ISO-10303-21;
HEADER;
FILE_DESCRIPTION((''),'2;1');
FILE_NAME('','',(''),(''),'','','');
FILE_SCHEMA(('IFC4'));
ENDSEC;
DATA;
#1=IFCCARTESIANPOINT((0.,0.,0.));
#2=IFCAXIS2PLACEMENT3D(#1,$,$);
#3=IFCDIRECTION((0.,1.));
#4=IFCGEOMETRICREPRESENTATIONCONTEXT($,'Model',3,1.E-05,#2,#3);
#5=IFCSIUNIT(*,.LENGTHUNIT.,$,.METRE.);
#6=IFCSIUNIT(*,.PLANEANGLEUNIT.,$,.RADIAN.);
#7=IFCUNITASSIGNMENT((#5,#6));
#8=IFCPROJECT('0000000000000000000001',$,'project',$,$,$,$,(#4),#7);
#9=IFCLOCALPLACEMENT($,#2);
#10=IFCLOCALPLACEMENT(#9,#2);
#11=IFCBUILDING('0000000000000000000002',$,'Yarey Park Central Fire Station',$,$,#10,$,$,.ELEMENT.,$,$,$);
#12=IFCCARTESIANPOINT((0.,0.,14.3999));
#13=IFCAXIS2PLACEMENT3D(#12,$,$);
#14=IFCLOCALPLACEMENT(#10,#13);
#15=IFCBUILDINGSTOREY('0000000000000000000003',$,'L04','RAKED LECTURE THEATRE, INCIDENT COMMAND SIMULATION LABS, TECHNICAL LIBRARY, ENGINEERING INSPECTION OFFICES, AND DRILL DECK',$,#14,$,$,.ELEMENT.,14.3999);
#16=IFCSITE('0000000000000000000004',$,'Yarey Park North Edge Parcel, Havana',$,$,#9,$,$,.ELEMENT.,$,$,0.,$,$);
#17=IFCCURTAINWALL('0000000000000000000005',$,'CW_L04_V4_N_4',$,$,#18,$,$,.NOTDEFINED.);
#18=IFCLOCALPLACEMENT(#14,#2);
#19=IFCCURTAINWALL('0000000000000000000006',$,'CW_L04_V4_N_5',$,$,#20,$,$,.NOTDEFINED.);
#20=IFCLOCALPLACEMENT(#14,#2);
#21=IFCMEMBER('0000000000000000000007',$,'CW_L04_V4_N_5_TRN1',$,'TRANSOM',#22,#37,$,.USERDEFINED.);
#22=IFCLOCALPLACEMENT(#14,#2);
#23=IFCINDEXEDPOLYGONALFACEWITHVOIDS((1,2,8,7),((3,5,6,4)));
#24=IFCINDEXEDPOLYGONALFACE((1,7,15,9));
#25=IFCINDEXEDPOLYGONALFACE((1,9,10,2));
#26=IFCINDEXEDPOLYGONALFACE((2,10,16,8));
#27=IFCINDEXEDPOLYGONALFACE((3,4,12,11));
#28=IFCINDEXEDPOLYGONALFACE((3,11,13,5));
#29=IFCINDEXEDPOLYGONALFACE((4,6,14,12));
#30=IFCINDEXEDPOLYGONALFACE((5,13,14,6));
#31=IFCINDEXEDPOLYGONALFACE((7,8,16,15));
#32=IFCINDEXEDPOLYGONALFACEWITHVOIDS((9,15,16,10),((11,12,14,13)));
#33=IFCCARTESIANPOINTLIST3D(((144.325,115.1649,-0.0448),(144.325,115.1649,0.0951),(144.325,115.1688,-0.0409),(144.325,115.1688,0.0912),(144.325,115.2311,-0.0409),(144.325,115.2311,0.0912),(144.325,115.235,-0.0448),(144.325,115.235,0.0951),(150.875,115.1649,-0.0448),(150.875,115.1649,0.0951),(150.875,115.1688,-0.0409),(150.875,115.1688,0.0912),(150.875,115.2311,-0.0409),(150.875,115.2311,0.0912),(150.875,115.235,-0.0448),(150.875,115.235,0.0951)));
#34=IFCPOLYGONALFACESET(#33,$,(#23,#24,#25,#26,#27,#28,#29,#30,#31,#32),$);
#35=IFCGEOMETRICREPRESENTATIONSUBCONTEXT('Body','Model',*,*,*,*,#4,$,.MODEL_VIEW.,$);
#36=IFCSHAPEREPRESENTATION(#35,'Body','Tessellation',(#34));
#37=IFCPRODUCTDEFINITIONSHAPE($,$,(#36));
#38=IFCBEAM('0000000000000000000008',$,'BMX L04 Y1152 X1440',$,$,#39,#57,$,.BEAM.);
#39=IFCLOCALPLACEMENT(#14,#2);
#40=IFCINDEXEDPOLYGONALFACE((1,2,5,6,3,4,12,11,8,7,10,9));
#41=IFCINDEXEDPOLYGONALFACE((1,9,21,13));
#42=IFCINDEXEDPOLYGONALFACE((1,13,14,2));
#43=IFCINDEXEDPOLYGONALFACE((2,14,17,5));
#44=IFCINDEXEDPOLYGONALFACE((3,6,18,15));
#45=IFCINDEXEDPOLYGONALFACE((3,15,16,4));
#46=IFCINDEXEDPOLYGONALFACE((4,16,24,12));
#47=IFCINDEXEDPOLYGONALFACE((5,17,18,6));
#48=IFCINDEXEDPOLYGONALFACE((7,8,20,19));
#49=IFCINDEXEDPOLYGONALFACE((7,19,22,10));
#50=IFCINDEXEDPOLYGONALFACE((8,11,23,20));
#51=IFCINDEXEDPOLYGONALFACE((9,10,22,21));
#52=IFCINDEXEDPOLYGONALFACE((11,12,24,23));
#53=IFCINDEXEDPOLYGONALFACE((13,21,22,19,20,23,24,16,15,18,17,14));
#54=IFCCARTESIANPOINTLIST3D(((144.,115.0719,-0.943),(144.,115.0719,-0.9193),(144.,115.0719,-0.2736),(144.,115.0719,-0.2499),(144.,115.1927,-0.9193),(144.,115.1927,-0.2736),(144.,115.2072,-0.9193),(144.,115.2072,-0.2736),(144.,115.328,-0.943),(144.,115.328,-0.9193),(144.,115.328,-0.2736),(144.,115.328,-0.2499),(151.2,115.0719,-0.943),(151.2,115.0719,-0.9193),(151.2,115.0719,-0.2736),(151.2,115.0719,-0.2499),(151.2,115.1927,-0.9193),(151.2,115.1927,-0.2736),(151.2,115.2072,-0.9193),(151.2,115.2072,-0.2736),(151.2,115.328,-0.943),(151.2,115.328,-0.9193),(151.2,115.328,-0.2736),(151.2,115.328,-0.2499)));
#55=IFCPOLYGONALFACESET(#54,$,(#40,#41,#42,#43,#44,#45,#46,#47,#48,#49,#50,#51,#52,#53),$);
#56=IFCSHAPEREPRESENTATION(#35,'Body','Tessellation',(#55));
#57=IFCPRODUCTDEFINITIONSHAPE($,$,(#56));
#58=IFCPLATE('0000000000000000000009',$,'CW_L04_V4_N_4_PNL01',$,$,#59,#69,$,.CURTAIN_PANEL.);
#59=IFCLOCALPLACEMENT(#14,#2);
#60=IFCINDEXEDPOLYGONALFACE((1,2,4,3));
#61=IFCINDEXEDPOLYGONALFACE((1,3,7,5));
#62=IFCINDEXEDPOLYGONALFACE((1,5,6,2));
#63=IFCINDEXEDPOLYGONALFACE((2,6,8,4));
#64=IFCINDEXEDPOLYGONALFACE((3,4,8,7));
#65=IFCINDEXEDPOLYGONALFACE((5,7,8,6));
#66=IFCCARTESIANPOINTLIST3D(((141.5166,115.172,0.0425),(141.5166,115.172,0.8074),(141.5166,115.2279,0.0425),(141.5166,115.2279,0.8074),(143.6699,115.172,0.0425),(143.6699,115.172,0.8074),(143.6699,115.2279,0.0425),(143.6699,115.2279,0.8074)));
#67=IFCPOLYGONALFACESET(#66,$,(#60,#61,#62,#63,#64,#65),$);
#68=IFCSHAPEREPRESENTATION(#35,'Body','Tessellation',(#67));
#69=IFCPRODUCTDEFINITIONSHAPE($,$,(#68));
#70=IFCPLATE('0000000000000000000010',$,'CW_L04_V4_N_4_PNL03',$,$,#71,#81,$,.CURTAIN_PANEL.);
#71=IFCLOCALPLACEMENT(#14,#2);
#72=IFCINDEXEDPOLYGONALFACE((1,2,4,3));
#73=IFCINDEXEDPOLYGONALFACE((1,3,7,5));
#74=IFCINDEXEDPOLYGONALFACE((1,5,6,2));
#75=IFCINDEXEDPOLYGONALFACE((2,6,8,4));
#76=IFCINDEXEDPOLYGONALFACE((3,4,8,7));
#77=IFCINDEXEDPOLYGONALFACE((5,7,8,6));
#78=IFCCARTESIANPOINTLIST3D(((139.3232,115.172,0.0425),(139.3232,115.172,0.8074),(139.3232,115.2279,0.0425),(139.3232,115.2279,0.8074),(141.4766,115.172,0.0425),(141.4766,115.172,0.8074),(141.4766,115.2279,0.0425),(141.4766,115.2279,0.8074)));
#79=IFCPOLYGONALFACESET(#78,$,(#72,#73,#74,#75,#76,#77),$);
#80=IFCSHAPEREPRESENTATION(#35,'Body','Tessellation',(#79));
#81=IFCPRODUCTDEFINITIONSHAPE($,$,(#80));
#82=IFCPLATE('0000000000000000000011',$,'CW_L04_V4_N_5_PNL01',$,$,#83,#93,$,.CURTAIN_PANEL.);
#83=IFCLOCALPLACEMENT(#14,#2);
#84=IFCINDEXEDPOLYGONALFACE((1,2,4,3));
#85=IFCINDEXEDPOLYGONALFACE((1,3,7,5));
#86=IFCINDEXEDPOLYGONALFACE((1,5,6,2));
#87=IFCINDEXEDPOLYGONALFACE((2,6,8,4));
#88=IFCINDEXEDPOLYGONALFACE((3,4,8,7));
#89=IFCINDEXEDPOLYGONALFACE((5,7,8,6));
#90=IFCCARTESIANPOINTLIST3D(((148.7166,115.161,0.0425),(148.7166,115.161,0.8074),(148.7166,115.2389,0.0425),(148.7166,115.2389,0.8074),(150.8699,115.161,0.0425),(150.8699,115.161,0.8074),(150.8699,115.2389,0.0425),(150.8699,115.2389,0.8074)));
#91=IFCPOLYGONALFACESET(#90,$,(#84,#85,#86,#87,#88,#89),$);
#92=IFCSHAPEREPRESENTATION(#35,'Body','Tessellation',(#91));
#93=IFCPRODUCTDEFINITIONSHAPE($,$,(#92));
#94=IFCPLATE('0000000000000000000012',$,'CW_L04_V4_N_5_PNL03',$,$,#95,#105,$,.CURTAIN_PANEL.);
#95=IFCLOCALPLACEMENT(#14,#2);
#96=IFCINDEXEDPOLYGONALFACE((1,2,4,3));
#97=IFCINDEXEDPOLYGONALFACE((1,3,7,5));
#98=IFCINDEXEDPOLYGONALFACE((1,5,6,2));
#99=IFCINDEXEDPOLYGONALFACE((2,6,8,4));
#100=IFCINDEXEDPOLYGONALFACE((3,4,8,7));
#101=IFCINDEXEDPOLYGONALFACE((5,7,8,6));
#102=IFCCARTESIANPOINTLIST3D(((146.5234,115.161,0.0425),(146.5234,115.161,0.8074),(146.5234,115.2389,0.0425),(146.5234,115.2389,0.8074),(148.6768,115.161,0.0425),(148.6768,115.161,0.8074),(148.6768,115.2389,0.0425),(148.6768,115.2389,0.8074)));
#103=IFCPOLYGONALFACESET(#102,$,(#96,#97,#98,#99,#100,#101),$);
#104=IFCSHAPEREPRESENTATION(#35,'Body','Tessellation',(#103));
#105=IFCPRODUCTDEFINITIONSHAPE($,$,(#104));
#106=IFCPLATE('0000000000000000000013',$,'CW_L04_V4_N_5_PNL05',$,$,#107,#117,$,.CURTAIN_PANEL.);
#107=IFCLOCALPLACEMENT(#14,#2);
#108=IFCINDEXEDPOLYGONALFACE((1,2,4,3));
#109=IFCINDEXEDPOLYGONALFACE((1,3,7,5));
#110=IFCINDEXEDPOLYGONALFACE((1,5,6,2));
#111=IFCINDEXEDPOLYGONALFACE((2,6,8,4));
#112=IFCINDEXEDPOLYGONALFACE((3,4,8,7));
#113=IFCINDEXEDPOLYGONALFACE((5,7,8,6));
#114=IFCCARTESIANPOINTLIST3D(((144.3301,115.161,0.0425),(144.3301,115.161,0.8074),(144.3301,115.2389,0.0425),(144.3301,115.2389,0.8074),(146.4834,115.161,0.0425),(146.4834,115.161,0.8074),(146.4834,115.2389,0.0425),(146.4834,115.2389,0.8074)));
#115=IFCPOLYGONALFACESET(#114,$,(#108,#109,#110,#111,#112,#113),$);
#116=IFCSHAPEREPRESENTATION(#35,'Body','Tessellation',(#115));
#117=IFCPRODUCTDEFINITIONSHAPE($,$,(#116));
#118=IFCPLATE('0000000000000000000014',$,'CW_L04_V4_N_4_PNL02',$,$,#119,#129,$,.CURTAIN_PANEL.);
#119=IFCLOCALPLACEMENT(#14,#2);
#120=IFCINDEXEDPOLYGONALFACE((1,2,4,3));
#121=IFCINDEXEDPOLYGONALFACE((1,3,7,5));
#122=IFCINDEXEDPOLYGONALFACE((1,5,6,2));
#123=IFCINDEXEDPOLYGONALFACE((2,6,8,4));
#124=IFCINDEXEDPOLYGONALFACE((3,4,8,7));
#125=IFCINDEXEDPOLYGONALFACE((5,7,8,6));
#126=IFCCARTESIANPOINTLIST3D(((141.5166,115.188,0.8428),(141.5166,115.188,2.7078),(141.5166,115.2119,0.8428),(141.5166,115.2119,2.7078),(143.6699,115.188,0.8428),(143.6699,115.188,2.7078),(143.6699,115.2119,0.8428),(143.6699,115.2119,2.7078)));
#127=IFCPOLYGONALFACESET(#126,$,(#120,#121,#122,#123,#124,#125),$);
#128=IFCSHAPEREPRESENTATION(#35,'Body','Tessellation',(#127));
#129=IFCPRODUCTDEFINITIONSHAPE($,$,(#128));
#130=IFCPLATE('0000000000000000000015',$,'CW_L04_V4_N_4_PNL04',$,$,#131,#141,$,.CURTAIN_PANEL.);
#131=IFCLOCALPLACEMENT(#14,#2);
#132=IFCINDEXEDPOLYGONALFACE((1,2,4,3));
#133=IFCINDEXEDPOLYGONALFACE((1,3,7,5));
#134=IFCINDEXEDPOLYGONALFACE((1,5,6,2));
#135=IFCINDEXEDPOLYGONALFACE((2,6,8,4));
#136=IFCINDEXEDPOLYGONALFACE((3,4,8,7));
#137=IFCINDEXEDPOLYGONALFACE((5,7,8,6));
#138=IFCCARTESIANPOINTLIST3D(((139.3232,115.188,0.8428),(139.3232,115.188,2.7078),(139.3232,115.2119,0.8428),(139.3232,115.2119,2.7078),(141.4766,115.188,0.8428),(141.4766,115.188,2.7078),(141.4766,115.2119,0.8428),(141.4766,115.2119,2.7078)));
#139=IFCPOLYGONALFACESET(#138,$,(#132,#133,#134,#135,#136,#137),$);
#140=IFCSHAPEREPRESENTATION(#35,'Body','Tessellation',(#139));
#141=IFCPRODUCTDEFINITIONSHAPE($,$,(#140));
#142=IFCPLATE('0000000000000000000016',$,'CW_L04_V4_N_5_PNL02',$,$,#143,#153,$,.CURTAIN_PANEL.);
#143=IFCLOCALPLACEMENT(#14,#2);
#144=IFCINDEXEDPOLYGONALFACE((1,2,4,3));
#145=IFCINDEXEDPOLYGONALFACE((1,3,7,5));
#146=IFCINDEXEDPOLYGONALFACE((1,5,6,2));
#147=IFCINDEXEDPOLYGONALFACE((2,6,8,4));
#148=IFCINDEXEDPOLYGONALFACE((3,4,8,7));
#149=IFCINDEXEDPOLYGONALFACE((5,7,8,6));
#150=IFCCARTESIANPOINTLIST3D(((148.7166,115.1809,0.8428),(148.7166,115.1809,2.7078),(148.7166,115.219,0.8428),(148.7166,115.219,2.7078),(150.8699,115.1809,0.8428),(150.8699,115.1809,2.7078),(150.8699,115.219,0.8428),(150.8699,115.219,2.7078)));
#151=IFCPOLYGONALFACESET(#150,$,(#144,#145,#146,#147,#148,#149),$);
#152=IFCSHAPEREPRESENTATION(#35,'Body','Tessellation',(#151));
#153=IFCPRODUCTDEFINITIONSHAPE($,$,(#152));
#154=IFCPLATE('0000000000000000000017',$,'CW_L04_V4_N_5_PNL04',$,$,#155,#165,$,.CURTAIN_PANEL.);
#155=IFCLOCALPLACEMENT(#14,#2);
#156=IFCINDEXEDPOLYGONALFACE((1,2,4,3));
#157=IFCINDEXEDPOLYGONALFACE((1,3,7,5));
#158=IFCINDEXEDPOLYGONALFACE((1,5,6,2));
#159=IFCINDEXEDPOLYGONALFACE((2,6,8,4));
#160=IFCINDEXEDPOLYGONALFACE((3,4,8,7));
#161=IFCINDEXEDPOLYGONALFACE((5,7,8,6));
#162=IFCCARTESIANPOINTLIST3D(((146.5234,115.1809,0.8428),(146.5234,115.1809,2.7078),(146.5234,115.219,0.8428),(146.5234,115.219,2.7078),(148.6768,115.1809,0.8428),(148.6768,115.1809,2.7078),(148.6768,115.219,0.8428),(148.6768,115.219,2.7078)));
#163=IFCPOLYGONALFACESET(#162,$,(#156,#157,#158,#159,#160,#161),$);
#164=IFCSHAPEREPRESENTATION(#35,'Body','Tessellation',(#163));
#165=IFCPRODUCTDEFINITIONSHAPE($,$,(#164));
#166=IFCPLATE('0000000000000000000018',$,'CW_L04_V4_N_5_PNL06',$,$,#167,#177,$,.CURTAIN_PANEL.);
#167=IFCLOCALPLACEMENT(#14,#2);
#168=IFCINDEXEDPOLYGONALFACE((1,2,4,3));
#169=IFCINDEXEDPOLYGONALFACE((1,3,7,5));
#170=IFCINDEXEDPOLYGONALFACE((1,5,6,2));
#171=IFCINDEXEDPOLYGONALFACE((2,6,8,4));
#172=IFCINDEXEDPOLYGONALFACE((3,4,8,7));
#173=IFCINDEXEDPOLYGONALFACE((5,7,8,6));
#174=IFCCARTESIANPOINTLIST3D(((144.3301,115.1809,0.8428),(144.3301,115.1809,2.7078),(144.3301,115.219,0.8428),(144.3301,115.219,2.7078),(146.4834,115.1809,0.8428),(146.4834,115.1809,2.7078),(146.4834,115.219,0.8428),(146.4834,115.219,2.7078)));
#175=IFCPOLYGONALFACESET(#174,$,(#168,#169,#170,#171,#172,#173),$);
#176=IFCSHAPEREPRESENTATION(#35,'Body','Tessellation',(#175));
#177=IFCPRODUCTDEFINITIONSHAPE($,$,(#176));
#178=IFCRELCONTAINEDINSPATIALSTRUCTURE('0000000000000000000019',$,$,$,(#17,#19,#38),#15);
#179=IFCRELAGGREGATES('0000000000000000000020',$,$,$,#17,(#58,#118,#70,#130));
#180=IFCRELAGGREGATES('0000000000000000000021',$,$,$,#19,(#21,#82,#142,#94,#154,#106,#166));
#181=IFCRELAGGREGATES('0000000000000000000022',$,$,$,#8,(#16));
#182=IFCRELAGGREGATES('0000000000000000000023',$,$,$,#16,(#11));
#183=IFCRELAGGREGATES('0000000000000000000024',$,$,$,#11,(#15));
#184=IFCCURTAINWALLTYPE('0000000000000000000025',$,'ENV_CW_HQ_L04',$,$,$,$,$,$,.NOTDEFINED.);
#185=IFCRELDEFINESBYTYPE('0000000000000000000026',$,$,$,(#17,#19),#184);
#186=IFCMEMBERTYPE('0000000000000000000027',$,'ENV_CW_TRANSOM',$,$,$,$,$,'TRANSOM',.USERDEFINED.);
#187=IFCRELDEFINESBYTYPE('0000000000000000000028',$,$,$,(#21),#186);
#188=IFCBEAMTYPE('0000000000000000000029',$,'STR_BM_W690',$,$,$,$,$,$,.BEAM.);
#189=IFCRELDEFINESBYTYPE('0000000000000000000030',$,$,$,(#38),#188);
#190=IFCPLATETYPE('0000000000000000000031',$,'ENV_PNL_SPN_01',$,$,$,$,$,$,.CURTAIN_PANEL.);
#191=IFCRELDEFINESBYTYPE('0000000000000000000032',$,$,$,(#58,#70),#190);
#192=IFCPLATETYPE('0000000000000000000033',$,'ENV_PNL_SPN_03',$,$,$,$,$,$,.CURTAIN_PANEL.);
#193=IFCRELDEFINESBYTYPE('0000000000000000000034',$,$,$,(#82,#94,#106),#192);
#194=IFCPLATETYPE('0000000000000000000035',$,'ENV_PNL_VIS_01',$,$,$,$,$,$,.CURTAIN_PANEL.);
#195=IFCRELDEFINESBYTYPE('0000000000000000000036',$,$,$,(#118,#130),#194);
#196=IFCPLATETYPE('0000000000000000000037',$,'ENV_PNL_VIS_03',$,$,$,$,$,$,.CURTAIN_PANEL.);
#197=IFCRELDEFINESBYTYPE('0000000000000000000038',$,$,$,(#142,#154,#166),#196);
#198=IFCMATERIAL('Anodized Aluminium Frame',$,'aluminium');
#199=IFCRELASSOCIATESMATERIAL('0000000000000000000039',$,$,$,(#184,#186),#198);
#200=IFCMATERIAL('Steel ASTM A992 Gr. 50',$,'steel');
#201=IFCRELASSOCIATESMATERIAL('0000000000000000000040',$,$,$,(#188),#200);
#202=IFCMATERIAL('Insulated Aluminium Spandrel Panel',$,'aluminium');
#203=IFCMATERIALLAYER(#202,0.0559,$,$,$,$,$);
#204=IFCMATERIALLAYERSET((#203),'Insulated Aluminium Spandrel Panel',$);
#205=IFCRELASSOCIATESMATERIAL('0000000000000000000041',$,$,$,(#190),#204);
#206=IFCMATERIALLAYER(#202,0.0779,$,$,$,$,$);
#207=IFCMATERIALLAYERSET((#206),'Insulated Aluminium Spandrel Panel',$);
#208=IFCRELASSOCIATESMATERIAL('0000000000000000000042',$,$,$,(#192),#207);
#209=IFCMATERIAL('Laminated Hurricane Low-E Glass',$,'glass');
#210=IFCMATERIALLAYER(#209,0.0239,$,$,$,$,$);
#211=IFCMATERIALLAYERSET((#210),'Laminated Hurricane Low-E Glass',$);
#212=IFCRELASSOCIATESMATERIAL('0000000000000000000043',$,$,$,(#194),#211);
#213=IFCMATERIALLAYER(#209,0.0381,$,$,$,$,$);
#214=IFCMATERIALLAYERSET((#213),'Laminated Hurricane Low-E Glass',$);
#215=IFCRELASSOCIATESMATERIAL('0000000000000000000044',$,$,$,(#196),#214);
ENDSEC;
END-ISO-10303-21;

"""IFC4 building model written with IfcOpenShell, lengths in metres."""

from ifc_helpers import new_model, si_unit, direction, frame, origin, origin_2d, place, context, subcontext, project, spatial, rectangle, hollow_rectangle, i_section, extrude, material, layer, layer_set, material_profile, profile_set, type_object, element, aggregate, save


model = new_model("IFC4")

# Units and contexts
model_context = context("Model", 3, precision=1e-05, world=origin(), true_north=direction((0.0, 1.0)))
body_context = subcontext(model_context, "Body", "Model", "MODEL_VIEW")
ifc_project = project(units=[si_unit("LENGTHUNIT", "METRE"), si_unit("PLANEANGLEUNIT", "RADIAN")], contexts=[model_context])

# Site, building, storey
site_placement = place(None, origin())
site = spatial("IfcSite", under=ifc_project, at=site_placement, Name="Yarey Park North Edge Parcel, Havana", CompositionType="ELEMENT", RefElevation=0.0)
building_placement = place(site_placement, origin())
building = spatial("IfcBuilding", under=site, at=building_placement, Name="Yarey Park Central Fire Station", CompositionType="ELEMENT")
storey_placement = place(building_placement, frame((0.0, 0.0, 14.3999)))
storey = spatial("IfcBuildingStorey", under=building, at=storey_placement, Name="L04", Description="RAKED LECTURE THEATRE, INCIDENT COMMAND SIMULATION LABS, TECHNICAL LIBRARY, ENGINEERING INSPECTION OFFICES, AND DRILL DECK", CompositionType="ELEMENT", Elevation=14.3999)

# Curtain walls
ifc_material_1 = material(Name="Anodized Aluminium Frame", Category="aluminium")
curtain_wall_type = type_object("IfcCurtainWallType", Name="ENV_CW_HQ_L04", PredefinedType="NOTDEFINED", material=ifc_material_1)
curtain_wall_1_placement = place(storey_placement, origin())
curtain_wall_1 = element("IfcCurtainWall", 1, at=curtain_wall_1_placement, inside=storey, type_object=curtain_wall_type, Name="CW_L04_V4_N_4", PredefinedType="NOTDEFINED")
curtain_wall_2_placement = place(storey_placement, origin())
curtain_wall_2 = element("IfcCurtainWall", 2, at=curtain_wall_2_placement, inside=storey, type_object=curtain_wall_type, Name="CW_L04_V4_N_5", PredefinedType="NOTDEFINED")

# Member
ifc_material_profile_1 = material_profile(ifc_material_1, hollow_rectangle(XDim=0.0701, YDim=0.1399, WallThickness=0.0039, at=origin_2d()), Name="ALU 140x70x4")
ifc_profile_set_1 = profile_set([ifc_material_profile_1], Name="Anodized Aluminium Frame")
member_type_1 = type_object("IfcMemberType", Name="ENV_CW_TRANSOM", ElementType="TRANSOM", PredefinedType="USERDEFINED", material=ifc_profile_set_1)
member_1_placement = place(storey_placement, frame((150.875, 115.2, 0.0251), z_axis=(-1.0, 0.0, 0.0), x_axis=(0.0, -1.0, 0.0)))
member_1 = element("IfcMember", 3, at=member_1_placement, type_object=member_type_1, Name="CW_L04_V4_N_5_TRN1", ObjectType="TRANSOM", PredefinedType="USERDEFINED", context=body_context, shape_type="SweptSolid", body=[
    extrude(hollow_rectangle(XDim=0.0701, YDim=0.1399, WallThickness=0.0039, at=origin_2d()), origin(), (0.0, 0.0, 1.0), 6.55),
])

# Beam
ifc_material_2 = material(Name="Steel ASTM A992 Gr. 50", Category="steel")
ifc_material_profile_2 = material_profile(ifc_material_2, i_section(OverallWidth=0.2561, OverallDepth=0.6931, WebThickness=0.0144, FlangeThickness=0.0237, at=origin_2d()), Name="W690x170")
ifc_profile_set_2 = profile_set([ifc_material_profile_2], Name="Steel ASTM A992 Gr. 50")
beam_type = type_object("IfcBeamType", Name="STR_BM_W690", PredefinedType="BEAM", material=ifc_profile_set_2)
beam_placement = place(storey_placement, frame((144.0, 115.2, -0.5964), z_axis=(1.0, 0.0, 0.0), x_axis=(0.0, 1.0, 0.0)))
element("IfcBeam", 4, at=beam_placement, inside=storey, type_object=beam_type, Name="BMX L04 Y1152 X1440", PredefinedType="BEAM", context=body_context, shape_type="SweptSolid", body=[
    extrude(i_section(OverallWidth=0.2561, OverallDepth=0.6931, WebThickness=0.0144, FlangeThickness=0.0237, at=origin_2d()), origin(), (0.0, 0.0, 1.0), 7.2),
])

# Plates
ifc_material_3 = material(Name="Insulated Aluminium Spandrel Panel", Category="aluminium")
ifc_layer_1 = layer(ifc_material_3, 0.0559)
ifc_layer_set_1 = layer_set([ifc_layer_1], Name="Insulated Aluminium Spandrel Panel")
plate_type_1 = type_object("IfcPlateType", Name="ENV_PNL_SPN_01", PredefinedType="CURTAIN_PANEL", material=ifc_layer_set_1)
plate_1_placement = place(storey_placement, frame((142.5933, 115.2, 0.0425), z_axis=(0.0, 0.0, 1.0), x_axis=(-1.0, 0.0, 0.0)))
plate_1 = element("IfcPlate", 5, at=plate_1_placement, type_object=plate_type_1, Name="CW_L04_V4_N_4_PNL01", PredefinedType="CURTAIN_PANEL", context=body_context, shape_type="SweptSolid", body=[
    extrude(rectangle(XDim=2.1533, YDim=0.0559, at=origin_2d()), origin(), (0.0, 0.0, 1.0), 0.7649),
])
plate_2_placement = place(storey_placement, frame((140.3999, 115.2, 0.0425), z_axis=(0.0, 0.0, 1.0), x_axis=(-1.0, 0.0, 0.0)))
plate_2 = element("IfcPlate", 6, at=plate_2_placement, type_object=plate_type_1, Name="CW_L04_V4_N_4_PNL03", PredefinedType="CURTAIN_PANEL", context=body_context, shape_type="SweptSolid", body=[
    extrude(rectangle(XDim=2.1533, YDim=0.0559, at=origin_2d()), origin(), (0.0, 0.0, 1.0), 0.7649),
])
ifc_layer_2 = layer(ifc_material_3, 0.0779)
ifc_layer_set_2 = layer_set([ifc_layer_2], Name="Insulated Aluminium Spandrel Panel")
plate_type_2 = type_object("IfcPlateType", Name="ENV_PNL_SPN_03", PredefinedType="CURTAIN_PANEL", material=ifc_layer_set_2)
plate_3_placement = place(storey_placement, frame((149.7932, 115.2, 0.0425), z_axis=(0.0, 0.0, 1.0), x_axis=(-1.0, 0.0, 0.0)))
plate_3 = element("IfcPlate", 7, at=plate_3_placement, type_object=plate_type_2, Name="CW_L04_V4_N_5_PNL01", PredefinedType="CURTAIN_PANEL", context=body_context, shape_type="SweptSolid", body=[
    extrude(rectangle(XDim=2.1533, YDim=0.0779, at=origin_2d()), origin(), (0.0, 0.0, 1.0), 0.7649),
])
plate_4_placement = place(storey_placement, frame((147.6001, 115.2, 0.0425), z_axis=(0.0, 0.0, 1.0), x_axis=(-1.0, 0.0, 0.0)))
plate_4 = element("IfcPlate", 8, at=plate_4_placement, type_object=plate_type_2, Name="CW_L04_V4_N_5_PNL03", PredefinedType="CURTAIN_PANEL", context=body_context, shape_type="SweptSolid", body=[
    extrude(rectangle(XDim=2.1533, YDim=0.0779, at=origin_2d()), origin(), (0.0, 0.0, 1.0), 0.7649),
])
plate_5_placement = place(storey_placement, frame((145.4067, 115.2, 0.0425), z_axis=(0.0, 0.0, 1.0), x_axis=(-1.0, 0.0, 0.0)))
plate_5 = element("IfcPlate", 9, at=plate_5_placement, type_object=plate_type_2, Name="CW_L04_V4_N_5_PNL05", PredefinedType="CURTAIN_PANEL", context=body_context, shape_type="SweptSolid", body=[
    extrude(rectangle(XDim=2.1533, YDim=0.0779, at=origin_2d()), origin(), (0.0, 0.0, 1.0), 0.7649),
])
ifc_material_4 = material(Name="Laminated Hurricane Low-E Glass", Category="glass")
ifc_layer_3 = layer(ifc_material_4, 0.0239)
ifc_layer_set_3 = layer_set([ifc_layer_3], Name="Laminated Hurricane Low-E Glass")
plate_type_3 = type_object("IfcPlateType", Name="ENV_PNL_VIS_01", PredefinedType="CURTAIN_PANEL", material=ifc_layer_set_3)
plate_6_placement = place(storey_placement, frame((142.5933, 115.2, 0.8428), z_axis=(0.0, 0.0, 1.0), x_axis=(-1.0, 0.0, 0.0)))
plate_6 = element("IfcPlate", 10, at=plate_6_placement, type_object=plate_type_3, Name="CW_L04_V4_N_4_PNL02", PredefinedType="CURTAIN_PANEL", context=body_context, shape_type="SweptSolid", body=[
    extrude(rectangle(XDim=2.1533, YDim=0.0239, at=origin_2d()), origin(), (0.0, 0.0, 1.0), 1.865),
])
plate_7_placement = place(storey_placement, frame((140.3999, 115.2, 0.8428), z_axis=(0.0, 0.0, 1.0), x_axis=(-1.0, 0.0, 0.0)))
plate_7 = element("IfcPlate", 11, at=plate_7_placement, type_object=plate_type_3, Name="CW_L04_V4_N_4_PNL04", PredefinedType="CURTAIN_PANEL", context=body_context, shape_type="SweptSolid", body=[
    extrude(rectangle(XDim=2.1533, YDim=0.0239, at=origin_2d()), origin(), (0.0, 0.0, 1.0), 1.865),
])
aggregate(curtain_wall_1, [plate_1, plate_6, plate_2, plate_7])
ifc_layer_4 = layer(ifc_material_4, 0.0381)
ifc_layer_set_4 = layer_set([ifc_layer_4], Name="Laminated Hurricane Low-E Glass")
plate_type_4 = type_object("IfcPlateType", Name="ENV_PNL_VIS_03", PredefinedType="CURTAIN_PANEL", material=ifc_layer_set_4)
plate_8_placement = place(storey_placement, frame((149.7932, 115.2, 0.8428), z_axis=(0.0, 0.0, 1.0), x_axis=(-1.0, 0.0, 0.0)))
plate_8 = element("IfcPlate", 12, at=plate_8_placement, type_object=plate_type_4, Name="CW_L04_V4_N_5_PNL02", PredefinedType="CURTAIN_PANEL", context=body_context, shape_type="SweptSolid", body=[
    extrude(rectangle(XDim=2.1533, YDim=0.0381, at=origin_2d()), origin(), (0.0, 0.0, 1.0), 1.865),
])
plate_9_placement = place(storey_placement, frame((147.6001, 115.2, 0.8428), z_axis=(0.0, 0.0, 1.0), x_axis=(-1.0, 0.0, 0.0)))
plate_9 = element("IfcPlate", 13, at=plate_9_placement, type_object=plate_type_4, Name="CW_L04_V4_N_5_PNL04", PredefinedType="CURTAIN_PANEL", context=body_context, shape_type="SweptSolid", body=[
    extrude(rectangle(XDim=2.1533, YDim=0.0381, at=origin_2d()), origin(), (0.0, 0.0, 1.0), 1.865),
])
plate_10_placement = place(storey_placement, frame((145.4067, 115.2, 0.8428), z_axis=(0.0, 0.0, 1.0), x_axis=(-1.0, 0.0, 0.0)))
plate_10 = element("IfcPlate", 14, at=plate_10_placement, type_object=plate_type_4, Name="CW_L04_V4_N_5_PNL06", PredefinedType="CURTAIN_PANEL", context=body_context, shape_type="SweptSolid", body=[
    extrude(rectangle(XDim=2.1533, YDim=0.0381, at=origin_2d()), origin(), (0.0, 0.0, 1.0), 1.865),
])
aggregate(curtain_wall_2, [member_1, plate_3, plate_8, plate_4, plate_9, plate_5, plate_10])

save(model, "model.ifc")
